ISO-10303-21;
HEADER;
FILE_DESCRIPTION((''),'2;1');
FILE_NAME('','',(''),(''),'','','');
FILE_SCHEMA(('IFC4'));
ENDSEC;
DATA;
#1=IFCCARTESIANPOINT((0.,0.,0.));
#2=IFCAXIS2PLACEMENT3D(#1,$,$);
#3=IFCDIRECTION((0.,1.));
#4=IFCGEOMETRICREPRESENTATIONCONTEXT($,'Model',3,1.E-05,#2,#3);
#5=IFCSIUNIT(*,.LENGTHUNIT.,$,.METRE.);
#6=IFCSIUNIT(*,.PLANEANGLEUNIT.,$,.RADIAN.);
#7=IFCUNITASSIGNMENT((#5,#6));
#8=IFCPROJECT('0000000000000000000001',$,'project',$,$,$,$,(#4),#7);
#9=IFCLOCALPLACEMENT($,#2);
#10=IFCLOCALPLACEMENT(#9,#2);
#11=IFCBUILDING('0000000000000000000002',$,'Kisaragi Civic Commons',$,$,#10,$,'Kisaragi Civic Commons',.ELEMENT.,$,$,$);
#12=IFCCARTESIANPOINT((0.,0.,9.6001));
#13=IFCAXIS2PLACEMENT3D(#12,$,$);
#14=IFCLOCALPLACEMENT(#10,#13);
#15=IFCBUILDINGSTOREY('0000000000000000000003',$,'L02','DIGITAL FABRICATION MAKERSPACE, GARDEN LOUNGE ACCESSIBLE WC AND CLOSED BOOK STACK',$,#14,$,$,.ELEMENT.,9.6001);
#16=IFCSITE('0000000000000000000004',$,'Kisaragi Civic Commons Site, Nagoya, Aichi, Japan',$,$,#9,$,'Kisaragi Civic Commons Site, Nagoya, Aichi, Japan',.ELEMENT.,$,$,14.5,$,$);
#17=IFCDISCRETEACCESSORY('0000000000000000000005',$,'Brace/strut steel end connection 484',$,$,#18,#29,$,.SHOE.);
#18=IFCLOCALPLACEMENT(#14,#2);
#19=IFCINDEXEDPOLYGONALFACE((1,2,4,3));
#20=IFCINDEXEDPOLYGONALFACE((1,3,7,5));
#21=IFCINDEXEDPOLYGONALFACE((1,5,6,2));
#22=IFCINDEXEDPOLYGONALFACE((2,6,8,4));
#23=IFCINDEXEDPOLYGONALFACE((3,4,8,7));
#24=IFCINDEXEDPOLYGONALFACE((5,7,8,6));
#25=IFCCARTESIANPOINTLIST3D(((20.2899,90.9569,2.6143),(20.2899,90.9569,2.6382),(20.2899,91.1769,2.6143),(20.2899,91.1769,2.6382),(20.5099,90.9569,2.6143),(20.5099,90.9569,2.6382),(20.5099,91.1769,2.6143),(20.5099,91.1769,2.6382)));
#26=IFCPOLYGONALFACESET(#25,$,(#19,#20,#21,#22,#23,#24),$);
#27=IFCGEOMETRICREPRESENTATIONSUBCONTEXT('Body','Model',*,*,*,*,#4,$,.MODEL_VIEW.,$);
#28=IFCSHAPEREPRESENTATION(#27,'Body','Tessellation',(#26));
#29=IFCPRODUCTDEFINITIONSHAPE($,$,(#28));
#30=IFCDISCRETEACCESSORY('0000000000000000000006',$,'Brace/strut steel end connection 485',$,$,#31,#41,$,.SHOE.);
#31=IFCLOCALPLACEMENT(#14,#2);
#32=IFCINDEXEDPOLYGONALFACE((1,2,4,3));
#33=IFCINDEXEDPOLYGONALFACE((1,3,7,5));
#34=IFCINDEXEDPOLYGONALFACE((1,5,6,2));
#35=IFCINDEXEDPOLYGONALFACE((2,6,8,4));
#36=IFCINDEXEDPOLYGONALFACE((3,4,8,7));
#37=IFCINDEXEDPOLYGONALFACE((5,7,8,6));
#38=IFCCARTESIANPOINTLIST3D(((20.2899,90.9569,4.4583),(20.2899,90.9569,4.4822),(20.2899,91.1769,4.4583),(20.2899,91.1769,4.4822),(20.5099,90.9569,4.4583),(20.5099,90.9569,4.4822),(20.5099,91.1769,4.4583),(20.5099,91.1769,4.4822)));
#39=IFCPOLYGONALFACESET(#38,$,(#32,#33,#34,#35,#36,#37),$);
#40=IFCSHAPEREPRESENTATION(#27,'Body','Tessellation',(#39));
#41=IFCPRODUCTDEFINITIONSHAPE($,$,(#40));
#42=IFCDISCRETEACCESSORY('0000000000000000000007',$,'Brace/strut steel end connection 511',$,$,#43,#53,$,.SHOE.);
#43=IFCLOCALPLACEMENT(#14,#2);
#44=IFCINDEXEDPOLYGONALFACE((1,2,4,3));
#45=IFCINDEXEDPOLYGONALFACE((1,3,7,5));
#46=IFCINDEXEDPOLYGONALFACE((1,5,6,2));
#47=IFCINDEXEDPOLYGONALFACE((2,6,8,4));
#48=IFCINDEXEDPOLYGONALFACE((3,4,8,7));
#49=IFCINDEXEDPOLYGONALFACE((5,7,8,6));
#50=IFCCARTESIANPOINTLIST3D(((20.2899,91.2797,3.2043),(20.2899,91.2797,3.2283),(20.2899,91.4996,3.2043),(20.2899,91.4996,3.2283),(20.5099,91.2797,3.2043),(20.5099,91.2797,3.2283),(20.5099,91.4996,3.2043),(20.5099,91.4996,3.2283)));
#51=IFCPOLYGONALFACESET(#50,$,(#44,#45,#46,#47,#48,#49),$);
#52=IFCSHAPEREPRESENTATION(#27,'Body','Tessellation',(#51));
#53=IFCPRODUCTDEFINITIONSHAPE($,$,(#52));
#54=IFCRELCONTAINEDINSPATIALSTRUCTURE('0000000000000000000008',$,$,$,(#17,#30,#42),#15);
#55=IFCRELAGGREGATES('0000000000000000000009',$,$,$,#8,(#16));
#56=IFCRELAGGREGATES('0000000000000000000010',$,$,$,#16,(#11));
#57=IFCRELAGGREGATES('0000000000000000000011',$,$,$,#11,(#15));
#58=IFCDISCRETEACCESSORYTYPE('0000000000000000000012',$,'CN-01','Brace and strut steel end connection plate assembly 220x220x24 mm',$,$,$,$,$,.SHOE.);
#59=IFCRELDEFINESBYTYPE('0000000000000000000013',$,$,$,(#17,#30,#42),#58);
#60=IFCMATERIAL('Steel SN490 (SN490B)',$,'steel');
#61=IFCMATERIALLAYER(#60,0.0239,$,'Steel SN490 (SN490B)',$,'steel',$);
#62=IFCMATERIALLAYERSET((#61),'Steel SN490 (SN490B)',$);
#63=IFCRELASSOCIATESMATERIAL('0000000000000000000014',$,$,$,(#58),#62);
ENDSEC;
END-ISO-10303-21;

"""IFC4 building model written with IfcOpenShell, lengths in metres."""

from ifc_helpers import new_model, si_unit, direction, frame, origin, origin_2d, place, context, subcontext, project, spatial, rectangle, extrude, material, layer, layer_set, type_object, element, save


model = new_model("IFC4")

# Units and contexts
model_context = context("Model", 3, precision=1e-05, world=origin(), true_north=direction((0.0, 1.0)))
body_context = subcontext(model_context, "Body", "Model", "MODEL_VIEW")
ifc_project = project(units=[si_unit("LENGTHUNIT", "METRE"), si_unit("PLANEANGLEUNIT", "RADIAN")], contexts=[model_context])

# Site, building, storey
site_placement = place(None, origin())
site = spatial("IfcSite", under=ifc_project, at=site_placement, Name="Kisaragi Civic Commons Site, Nagoya, Aichi, Japan", LongName="Kisaragi Civic Commons Site, Nagoya, Aichi, Japan", CompositionType="ELEMENT", RefElevation=14.5)
building_placement = place(site_placement, origin())
building = spatial("IfcBuilding", under=site, at=building_placement, Name="Kisaragi Civic Commons", LongName="Kisaragi Civic Commons", CompositionType="ELEMENT")
storey_placement = place(building_placement, frame((0.0, 0.0, 9.6001)))
storey = spatial("IfcBuildingStorey", under=building, at=storey_placement, Name="L02", Description="DIGITAL FABRICATION MAKERSPACE, GARDEN LOUNGE ACCESSIBLE WC AND CLOSED BOOK STACK", CompositionType="ELEMENT", Elevation=9.6001)

# Shared definitions
ifc_material_1 = material(Name="Steel SN490 (SN490B)", Category="steel")

# Discrete accessories
ifc_layer_1 = layer(ifc_material_1, 0.0239, Name="Steel SN490 (SN490B)", Category="steel")
ifc_layer_set_1 = layer_set([ifc_layer_1], Name="Steel SN490 (SN490B)")
discrete_accessory_type = type_object("IfcDiscreteAccessoryType", Name="CN-01", Description="Brace and strut steel end connection plate assembly 220x220x24 mm", PredefinedType="SHOE", material=ifc_layer_set_1)
for number, where, z_axis, x_axis, name in (
    (1, (20.3999, 91.0669, 2.6143), (0.0, 0.0, 1.0), (1.0, 0.0, 0.0), "Brace/strut steel end connection 484"),
    (2, (20.3999, 91.0669, 4.4583), (0.0, 0.0, 1.0), (1.0, 0.0, 0.0), "Brace/strut steel end connection 485"),
    (3, (20.3999, 91.3896, 3.2043), (0.0, 0.0, 1.0), (1.0, 0.0, 0.0), "Brace/strut steel end connection 511"),
):
    element("IfcDiscreteAccessory", number, at=place(storey_placement, frame(where, z_axis=z_axis, x_axis=x_axis)), inside=storey, type_object=discrete_accessory_type, Name=name, PredefinedType="SHOE", context=body_context, shape_type="SweptSolid", body=[
        extrude(rectangle(XDim=0.22, YDim=0.22, at=origin_2d()), origin(), (0.0, 0.0, 1.0), 0.0239),
    ])

save(model, "model.ifc")
